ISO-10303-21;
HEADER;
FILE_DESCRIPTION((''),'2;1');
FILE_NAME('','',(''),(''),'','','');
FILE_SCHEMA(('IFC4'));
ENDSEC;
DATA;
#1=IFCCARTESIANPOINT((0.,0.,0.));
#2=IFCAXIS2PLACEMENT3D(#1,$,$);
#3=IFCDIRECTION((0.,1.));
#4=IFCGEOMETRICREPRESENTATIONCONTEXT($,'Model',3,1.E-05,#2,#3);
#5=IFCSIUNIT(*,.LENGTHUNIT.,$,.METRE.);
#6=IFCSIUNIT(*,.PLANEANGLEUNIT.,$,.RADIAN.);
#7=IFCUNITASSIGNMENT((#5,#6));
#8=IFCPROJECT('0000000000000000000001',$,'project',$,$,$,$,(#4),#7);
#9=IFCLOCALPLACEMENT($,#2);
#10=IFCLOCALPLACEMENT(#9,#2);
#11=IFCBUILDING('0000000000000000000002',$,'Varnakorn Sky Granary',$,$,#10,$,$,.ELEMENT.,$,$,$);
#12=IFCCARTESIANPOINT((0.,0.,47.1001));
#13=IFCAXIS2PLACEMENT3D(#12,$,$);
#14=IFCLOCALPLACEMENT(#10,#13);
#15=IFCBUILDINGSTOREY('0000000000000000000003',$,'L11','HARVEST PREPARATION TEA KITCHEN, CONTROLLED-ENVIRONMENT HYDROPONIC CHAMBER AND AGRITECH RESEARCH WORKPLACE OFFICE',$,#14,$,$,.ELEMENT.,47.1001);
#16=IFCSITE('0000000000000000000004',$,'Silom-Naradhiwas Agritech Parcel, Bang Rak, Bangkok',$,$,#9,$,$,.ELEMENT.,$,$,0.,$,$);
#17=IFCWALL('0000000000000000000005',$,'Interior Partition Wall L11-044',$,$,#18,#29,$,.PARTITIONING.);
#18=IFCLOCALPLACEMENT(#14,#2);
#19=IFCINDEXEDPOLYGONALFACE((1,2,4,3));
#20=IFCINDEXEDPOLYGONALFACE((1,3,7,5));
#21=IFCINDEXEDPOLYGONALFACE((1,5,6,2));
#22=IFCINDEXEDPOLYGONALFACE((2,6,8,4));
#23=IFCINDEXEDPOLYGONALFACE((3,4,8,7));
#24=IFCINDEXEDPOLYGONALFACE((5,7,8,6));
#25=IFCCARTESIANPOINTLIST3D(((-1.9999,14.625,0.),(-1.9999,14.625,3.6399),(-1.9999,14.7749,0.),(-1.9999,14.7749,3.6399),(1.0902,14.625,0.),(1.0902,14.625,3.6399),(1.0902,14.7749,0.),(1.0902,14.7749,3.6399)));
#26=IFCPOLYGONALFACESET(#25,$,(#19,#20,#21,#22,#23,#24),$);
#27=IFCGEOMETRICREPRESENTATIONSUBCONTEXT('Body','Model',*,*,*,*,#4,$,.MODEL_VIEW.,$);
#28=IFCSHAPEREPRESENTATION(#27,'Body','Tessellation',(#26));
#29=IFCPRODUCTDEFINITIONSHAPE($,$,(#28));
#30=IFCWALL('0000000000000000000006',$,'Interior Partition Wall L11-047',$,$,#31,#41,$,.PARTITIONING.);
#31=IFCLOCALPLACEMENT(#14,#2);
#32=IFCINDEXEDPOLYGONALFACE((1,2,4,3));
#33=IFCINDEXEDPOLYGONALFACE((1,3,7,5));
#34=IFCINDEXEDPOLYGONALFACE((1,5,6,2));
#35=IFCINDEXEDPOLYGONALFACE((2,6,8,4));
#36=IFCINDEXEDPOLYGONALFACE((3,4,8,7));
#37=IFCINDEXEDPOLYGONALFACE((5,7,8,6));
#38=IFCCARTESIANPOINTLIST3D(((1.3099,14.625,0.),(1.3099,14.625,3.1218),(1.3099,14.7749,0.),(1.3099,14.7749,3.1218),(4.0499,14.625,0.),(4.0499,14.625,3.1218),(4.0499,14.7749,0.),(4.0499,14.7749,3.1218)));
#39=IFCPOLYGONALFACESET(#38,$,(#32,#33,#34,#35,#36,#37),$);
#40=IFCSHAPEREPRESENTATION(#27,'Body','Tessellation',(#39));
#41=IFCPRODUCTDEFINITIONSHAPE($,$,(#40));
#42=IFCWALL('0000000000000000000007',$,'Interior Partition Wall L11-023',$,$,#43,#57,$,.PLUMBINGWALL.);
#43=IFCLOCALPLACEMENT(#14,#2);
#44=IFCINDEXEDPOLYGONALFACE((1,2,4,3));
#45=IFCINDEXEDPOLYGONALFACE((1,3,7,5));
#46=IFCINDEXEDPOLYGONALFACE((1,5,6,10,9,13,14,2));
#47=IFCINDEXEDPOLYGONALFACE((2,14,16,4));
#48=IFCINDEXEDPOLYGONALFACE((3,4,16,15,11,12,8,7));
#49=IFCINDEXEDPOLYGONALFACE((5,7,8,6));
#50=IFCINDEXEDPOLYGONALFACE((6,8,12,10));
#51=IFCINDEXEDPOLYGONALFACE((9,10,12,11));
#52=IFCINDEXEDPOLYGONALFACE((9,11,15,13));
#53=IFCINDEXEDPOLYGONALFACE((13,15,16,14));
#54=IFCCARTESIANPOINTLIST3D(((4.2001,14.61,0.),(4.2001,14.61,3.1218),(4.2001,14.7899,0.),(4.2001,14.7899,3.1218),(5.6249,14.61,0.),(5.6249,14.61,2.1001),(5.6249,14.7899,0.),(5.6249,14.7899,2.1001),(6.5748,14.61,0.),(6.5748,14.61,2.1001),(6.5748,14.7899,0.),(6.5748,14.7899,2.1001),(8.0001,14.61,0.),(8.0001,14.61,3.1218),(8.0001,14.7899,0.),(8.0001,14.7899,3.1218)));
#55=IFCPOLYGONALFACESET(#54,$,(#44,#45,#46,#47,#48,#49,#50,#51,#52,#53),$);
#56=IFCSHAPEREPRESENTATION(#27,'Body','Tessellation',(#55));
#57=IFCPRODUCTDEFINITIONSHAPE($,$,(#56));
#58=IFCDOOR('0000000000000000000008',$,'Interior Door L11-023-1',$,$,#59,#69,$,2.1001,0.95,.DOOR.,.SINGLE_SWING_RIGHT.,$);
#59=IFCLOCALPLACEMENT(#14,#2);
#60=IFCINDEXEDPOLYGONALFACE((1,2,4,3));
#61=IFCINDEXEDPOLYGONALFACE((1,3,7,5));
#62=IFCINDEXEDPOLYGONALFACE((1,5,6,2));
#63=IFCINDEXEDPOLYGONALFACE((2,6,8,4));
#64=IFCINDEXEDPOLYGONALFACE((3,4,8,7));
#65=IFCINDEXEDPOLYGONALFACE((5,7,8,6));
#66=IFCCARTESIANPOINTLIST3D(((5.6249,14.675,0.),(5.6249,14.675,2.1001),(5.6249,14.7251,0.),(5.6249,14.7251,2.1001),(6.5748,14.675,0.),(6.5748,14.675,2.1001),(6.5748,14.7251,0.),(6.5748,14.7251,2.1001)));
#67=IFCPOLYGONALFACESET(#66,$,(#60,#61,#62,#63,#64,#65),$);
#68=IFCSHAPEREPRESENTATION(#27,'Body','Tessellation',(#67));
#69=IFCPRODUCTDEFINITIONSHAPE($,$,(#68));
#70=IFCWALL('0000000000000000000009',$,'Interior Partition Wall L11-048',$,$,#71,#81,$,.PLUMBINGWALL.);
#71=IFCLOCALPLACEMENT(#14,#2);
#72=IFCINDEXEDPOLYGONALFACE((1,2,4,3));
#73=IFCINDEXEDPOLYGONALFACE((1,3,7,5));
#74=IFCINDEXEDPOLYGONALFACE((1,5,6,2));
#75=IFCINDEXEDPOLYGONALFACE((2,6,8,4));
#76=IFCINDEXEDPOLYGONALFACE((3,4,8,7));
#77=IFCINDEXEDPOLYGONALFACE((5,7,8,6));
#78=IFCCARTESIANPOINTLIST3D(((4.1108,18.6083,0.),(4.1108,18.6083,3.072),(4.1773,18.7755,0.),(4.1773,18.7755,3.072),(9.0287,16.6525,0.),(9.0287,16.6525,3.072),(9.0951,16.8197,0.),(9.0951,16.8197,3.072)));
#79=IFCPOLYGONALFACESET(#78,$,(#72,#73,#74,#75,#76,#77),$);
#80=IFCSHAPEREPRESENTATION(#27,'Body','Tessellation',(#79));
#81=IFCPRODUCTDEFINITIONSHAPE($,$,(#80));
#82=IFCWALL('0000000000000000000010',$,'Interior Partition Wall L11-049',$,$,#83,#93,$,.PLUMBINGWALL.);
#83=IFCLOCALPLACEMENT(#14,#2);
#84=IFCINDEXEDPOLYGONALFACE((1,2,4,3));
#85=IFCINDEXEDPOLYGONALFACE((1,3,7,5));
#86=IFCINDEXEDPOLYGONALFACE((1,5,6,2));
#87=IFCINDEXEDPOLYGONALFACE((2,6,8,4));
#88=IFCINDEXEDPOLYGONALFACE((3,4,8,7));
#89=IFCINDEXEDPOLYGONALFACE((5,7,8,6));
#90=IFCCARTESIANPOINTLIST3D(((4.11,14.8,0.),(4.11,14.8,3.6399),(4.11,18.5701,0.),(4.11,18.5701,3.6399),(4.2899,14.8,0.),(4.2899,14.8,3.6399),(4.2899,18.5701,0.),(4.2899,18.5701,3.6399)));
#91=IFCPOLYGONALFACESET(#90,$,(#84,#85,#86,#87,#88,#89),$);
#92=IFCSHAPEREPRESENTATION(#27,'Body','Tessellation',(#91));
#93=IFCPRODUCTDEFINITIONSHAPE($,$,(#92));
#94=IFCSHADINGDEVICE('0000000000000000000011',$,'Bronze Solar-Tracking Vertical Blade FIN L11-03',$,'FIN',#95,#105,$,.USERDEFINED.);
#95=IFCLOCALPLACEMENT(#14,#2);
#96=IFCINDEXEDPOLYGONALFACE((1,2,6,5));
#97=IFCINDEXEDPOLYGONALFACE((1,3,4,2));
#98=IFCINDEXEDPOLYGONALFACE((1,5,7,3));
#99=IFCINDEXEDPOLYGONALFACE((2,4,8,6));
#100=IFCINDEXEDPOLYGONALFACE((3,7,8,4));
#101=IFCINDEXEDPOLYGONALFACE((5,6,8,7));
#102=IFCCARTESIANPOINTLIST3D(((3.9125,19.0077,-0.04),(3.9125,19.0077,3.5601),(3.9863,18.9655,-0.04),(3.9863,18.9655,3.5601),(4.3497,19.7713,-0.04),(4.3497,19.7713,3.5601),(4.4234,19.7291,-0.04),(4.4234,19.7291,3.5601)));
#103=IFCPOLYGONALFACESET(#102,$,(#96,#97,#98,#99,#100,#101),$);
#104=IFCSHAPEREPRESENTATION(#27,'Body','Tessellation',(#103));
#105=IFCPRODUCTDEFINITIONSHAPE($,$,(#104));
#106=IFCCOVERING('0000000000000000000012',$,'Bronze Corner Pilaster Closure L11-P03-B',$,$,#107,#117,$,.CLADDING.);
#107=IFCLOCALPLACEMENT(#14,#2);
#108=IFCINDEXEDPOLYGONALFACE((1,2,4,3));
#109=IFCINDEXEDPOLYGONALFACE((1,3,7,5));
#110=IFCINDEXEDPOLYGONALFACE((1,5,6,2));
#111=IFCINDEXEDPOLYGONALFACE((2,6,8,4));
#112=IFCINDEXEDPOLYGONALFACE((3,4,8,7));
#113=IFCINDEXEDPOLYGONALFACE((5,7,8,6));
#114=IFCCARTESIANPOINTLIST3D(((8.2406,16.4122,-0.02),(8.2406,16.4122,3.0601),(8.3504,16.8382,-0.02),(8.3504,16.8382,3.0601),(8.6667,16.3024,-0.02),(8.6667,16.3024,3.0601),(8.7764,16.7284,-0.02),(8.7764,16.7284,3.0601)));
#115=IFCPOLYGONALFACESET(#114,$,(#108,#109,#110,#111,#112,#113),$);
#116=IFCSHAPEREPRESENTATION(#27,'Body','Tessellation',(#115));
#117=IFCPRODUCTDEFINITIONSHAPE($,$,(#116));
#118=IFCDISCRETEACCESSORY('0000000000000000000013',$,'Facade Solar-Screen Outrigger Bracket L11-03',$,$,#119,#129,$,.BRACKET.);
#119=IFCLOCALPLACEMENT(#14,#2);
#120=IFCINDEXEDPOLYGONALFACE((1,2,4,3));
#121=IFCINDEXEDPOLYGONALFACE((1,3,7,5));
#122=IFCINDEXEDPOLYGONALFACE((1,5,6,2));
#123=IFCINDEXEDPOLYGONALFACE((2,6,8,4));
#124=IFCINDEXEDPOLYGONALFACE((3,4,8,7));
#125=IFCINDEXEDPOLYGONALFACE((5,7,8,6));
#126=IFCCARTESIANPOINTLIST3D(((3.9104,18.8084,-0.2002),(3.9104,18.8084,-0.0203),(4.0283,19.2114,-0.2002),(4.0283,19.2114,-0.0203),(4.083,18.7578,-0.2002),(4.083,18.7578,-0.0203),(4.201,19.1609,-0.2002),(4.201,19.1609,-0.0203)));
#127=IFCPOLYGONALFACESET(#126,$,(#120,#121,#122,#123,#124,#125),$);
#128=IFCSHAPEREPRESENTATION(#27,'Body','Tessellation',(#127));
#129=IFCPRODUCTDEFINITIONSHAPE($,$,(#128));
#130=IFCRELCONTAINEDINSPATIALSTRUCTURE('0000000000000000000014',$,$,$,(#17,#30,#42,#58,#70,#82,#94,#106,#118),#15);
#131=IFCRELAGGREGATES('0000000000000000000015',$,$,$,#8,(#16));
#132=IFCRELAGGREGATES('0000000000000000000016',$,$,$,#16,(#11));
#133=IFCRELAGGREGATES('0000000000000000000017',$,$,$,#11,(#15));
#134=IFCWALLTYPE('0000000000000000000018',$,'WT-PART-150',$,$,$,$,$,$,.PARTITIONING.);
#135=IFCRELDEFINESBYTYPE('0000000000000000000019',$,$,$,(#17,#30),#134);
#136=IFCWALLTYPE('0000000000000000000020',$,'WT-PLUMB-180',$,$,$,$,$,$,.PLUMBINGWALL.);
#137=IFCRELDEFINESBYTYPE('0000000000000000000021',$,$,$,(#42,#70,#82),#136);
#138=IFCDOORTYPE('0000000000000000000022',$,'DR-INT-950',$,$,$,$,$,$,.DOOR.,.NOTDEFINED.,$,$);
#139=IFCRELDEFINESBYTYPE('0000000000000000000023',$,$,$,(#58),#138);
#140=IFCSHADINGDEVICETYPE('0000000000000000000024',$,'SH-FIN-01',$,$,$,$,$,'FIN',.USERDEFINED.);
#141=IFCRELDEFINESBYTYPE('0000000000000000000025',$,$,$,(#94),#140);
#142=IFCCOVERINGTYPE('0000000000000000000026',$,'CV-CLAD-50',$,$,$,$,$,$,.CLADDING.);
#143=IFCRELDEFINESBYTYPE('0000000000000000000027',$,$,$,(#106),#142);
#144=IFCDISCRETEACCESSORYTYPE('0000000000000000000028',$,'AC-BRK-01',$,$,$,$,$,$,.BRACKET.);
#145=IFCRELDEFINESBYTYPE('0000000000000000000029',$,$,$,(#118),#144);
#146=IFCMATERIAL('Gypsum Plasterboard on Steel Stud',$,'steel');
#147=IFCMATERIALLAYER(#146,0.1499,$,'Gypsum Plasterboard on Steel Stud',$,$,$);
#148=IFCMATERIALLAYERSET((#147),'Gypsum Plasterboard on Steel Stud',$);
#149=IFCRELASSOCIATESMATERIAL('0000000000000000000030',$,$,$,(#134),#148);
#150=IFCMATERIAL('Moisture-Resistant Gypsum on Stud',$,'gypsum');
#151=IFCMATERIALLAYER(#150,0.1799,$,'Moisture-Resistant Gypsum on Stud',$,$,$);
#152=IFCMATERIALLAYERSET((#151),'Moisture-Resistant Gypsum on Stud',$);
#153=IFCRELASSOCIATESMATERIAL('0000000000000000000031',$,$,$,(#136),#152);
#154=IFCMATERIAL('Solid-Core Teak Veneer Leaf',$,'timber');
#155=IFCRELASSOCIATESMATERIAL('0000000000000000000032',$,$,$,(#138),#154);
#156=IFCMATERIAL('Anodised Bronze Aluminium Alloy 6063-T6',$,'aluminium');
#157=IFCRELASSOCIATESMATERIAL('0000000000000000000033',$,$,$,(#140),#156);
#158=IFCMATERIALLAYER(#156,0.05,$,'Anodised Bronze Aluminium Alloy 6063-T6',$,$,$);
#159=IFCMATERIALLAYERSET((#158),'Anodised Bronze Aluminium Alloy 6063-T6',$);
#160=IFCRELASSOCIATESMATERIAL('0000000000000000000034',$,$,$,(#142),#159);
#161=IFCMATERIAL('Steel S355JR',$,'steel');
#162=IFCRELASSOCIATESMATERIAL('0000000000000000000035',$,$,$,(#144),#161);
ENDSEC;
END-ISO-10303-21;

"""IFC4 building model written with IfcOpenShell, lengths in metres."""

from ifc_helpers import new_model, si_unit, direction, frame, frame_2d, origin, origin_2d, place, context, subcontext, project, spatial, rectangle, extrude, source, transform, mapped, material, layer, layer_set, type_object, type_shapes, element, fill, save


model = new_model("IFC4")

# Units and contexts
model_context = context("Model", 3, precision=1e-05, world=origin(), true_north=direction((0.0, 1.0)))
body_context = subcontext(model_context, "Body", "Model", "MODEL_VIEW")
ifc_project = project(units=[si_unit("LENGTHUNIT", "METRE"), si_unit("PLANEANGLEUNIT", "RADIAN")], contexts=[model_context])

# Site, building, storey
site_placement = place(None, origin())
site = spatial("IfcSite", under=ifc_project, at=site_placement, Name="Silom-Naradhiwas Agritech Parcel, Bang Rak, Bangkok", CompositionType="ELEMENT", RefElevation=0.0)
building_placement = place(site_placement, origin())
building = spatial("IfcBuilding", under=site, at=building_placement, Name="Varnakorn Sky Granary", CompositionType="ELEMENT")
storey_placement = place(building_placement, frame((0.0, 0.0, 47.1001)))
storey = spatial("IfcBuildingStorey", under=building, at=storey_placement, Name="L11", Description="HARVEST PREPARATION TEA KITCHEN, CONTROLLED-ENVIRONMENT HYDROPONIC CHAMBER AND AGRITECH RESEARCH WORKPLACE OFFICE", CompositionType="ELEMENT", Elevation=47.1001)

# Shared definitions
ifc_material_1 = material(Name="Steel S355JR", Category="steel")

# Shared definitions
ifc_material_2 = material(Name="Anodised Bronze Aluminium Alloy 6063-T6", Category="aluminium")

# Walls
ifc_material_3 = material(Name="Gypsum Plasterboard on Steel Stud", Category="steel")
ifc_layer_1 = layer(ifc_material_3, 0.1499, Name="Gypsum Plasterboard on Steel Stud")
ifc_layer_set_1 = layer_set([ifc_layer_1], Name="Gypsum Plasterboard on Steel Stud")
wall_type_1 = type_object("IfcWallType", Name="WT-PART-150", PredefinedType="PARTITIONING", material=ifc_layer_set_1)
wall_1_placement = place(storey_placement, frame((1.0901, 14.7, 0.0), z_axis=(0.0, 0.0, 1.0), x_axis=(-1.0, 0.0, 0.0)))
element("IfcWall", 1, at=wall_1_placement, inside=storey, type_object=wall_type_1, Name="Interior Partition Wall L11-044", PredefinedType="PARTITIONING", context=body_context, shape_type="SweptSolid", body=[
    extrude(rectangle(XDim=3.0901, YDim=0.1499, at=frame_2d((1.5449, 0.0))), origin(), (0.0, 0.0, 1.0), 3.6399),
])
wall_2_placement = place(storey_placement, frame((4.05, 14.7, 0.0), z_axis=(0.0, 0.0, 1.0), x_axis=(-1.0, 0.0, 0.0)))
element("IfcWall", 2, at=wall_2_placement, inside=storey, type_object=wall_type_1, Name="Interior Partition Wall L11-047", PredefinedType="PARTITIONING", context=body_context, shape_type="SweptSolid", body=[
    extrude(rectangle(XDim=2.74, YDim=0.1499, at=frame_2d((1.3701, 0.0))), origin(), (0.0, 0.0, 1.0), 3.1218),
])

# Wall, opening, door
ifc_material_4 = material(Name="Moisture-Resistant Gypsum on Stud", Category="gypsum")
ifc_layer_2 = layer(ifc_material_4, 0.1799, Name="Moisture-Resistant Gypsum on Stud")
ifc_layer_set_2 = layer_set([ifc_layer_2], Name="Moisture-Resistant Gypsum on Stud")
wall_type_2 = type_object("IfcWallType", Name="WT-PLUMB-180", PredefinedType="PLUMBINGWALL", material=ifc_layer_set_2)
wall_3_placement = place(storey_placement, frame((8.0, 14.7, 0.0), z_axis=(0.0, 0.0, 1.0), x_axis=(-1.0, 0.0, 0.0)))
wall_3 = element("IfcWall", 3, at=wall_3_placement, inside=storey, type_object=wall_type_2, Name="Interior Partition Wall L11-023", PredefinedType="PLUMBINGWALL", context=body_context, shape_type="SweptSolid", body=[
    extrude(rectangle(XDim=3.8, YDim=0.1799, at=frame_2d((1.8999, 0.0))), origin(), (0.0, 0.0, 1.0), 3.1218),
])
opening_1_placement = place(wall_3_placement, frame((1.425, 0.0, 0.0)))
opening_1 = element("IfcOpeningElement", 4, at=opening_1_placement, cuts=wall_3, PredefinedType="OPENING", context=body_context, shape_type="SweptSolid", body=[
    extrude(rectangle(XDim=0.95, YDim=2.1001, at=frame_2d((0.4751, 1.05))), frame((0.0, 0.1001, 0.0), z_axis=(0.0, -1.0, 0.0), x_axis=(1.0, 0.0, 0.0)), (0.0, 0.0, 1.0), 0.2),
])
ifc_material_5 = material(Name="Solid-Core Teak Veneer Leaf", Category="timber")
door_type_1 = type_object("IfcDoorType", Name="DR-INT-950", OperationType="NOTDEFINED", PredefinedType="DOOR", material=ifc_material_5)
door_1_placement = place(opening_1_placement, origin())
door_1 = element("IfcDoor", 5, at=door_1_placement, inside=storey, type_object=door_type_1, Name="Interior Door L11-023-1", OperationType="SINGLE_SWING_RIGHT", OverallHeight=2.1001, OverallWidth=0.95, PredefinedType="DOOR", context=body_context, shape_type="SweptSolid", body=[
    extrude(rectangle(XDim=0.95, YDim=2.1001, at=frame_2d((0.4751, 1.05))), frame((0.0, 0.0249, 0.0), z_axis=(0.0, -1.0, 0.0), x_axis=(1.0, 0.0, 0.0)), (0.0, 0.0, 1.0), 0.05),
])
fill(opening_1, door_1)

# Walls
wall_4_placement = place(storey_placement, frame((4.144, 18.6919, 0.0), z_axis=(0.0, 0.0, 1.0), x_axis=(0.929216, -0.369537, 0.0)))
element("IfcWall", 6, at=wall_4_placement, inside=storey, type_object=wall_type_2, Name="Interior Partition Wall L11-048", PredefinedType="PLUMBINGWALL", context=body_context, shape_type="SweptSolid", body=[
    extrude(rectangle(XDim=5.2925, YDim=0.1799, at=frame_2d((2.6462, 0.0))), origin(), (0.0, 0.0, 1.0), 3.072),
])
wall_5_placement = place(storey_placement, frame((4.2, 18.5701, 0.0), z_axis=(0.0, 0.0, 1.0), x_axis=(0.0, -1.0, 0.0)))
element("IfcWall", 7, at=wall_5_placement, inside=storey, type_object=wall_type_2, Name="Interior Partition Wall L11-049", PredefinedType="PLUMBINGWALL", context=body_context, shape_type="SweptSolid", body=[
    extrude(rectangle(XDim=3.77, YDim=0.1799, at=frame_2d((1.885, 0.0))), origin(), (0.0, 0.0, 1.0), 3.6399),
])

# Shading device
shading_device_type = type_object("IfcShadingDeviceType", Name="SH-FIN-01", ElementType="FIN", PredefinedType="USERDEFINED", material=ifc_material_2)
shared_shape_1 = source(origin(), body_context, "Body", "SweptSolid", [
    extrude(rectangle(XDim=0.085, YDim=0.8799, at=origin_2d()), origin(), (0.0, 0.0, 1.0), 3.6001),
])
type_shapes(shading_device_type, [shared_shape_1])
shading_device_placement = place(storey_placement, frame((4.168, 19.3684, -0.04), z_axis=(0.0, 0.0, 1.0), x_axis=(-0.867876, 0.496781, 0.0)))
element("IfcShadingDevice", 8, at=shading_device_placement, inside=storey, type_object=shading_device_type, Name="Bronze Solar-Tracking Vertical Blade FIN L11-03", ObjectType="FIN", PredefinedType="USERDEFINED", context=body_context, shape_type="MappedRepresentation", body=[
    mapped(shared_shape_1, transform((0.0, 0.0, 0.0), x_axis=(1.0, 0.0, 0.0), y_axis=(0.0, 1.0, 0.0), z_axis=(0.0, 0.0, 1.0), scale=1.0)),
])

# Covering
ifc_layer_3 = layer(ifc_material_2, 0.05, Name="Anodised Bronze Aluminium Alloy 6063-T6")
ifc_layer_set_3 = layer_set([ifc_layer_3], Name="Anodised Bronze Aluminium Alloy 6063-T6")
covering_type = type_object("IfcCoveringType", Name="CV-CLAD-50", PredefinedType="CLADDING", material=ifc_layer_set_3)
shared_shape_2 = source(origin(), body_context, "Body", "SweptSolid", [
    extrude(rectangle(XDim=0.4399, YDim=0.4399, at=origin_2d()), origin(), (0.0, 0.0, 1.0), 3.0801),
])
type_shapes(covering_type, [shared_shape_2])
covering_placement = place(storey_placement, frame((8.5085, 16.5703, -0.02), z_axis=(0.0, 0.0, 1.0), x_axis=(0.968366, -0.249535, 0.0)))
element("IfcCovering", 9, at=covering_placement, inside=storey, type_object=covering_type, Name="Bronze Corner Pilaster Closure L11-P03-B", PredefinedType="CLADDING", context=body_context, shape_type="MappedRepresentation", body=[
    mapped(shared_shape_2, transform((0.0, 0.0, 0.0), x_axis=(1.0, 0.0, 0.0), y_axis=(0.0, 1.0, 0.0), z_axis=(0.0, 0.0, 1.0), scale=1.0)),
])

# Discrete accessory
discrete_accessory_type = type_object("IfcDiscreteAccessoryType", Name="AC-BRK-01", PredefinedType="BRACKET", material=ifc_material_1)
shared_shape_3 = source(origin(), body_context, "Body", "SweptSolid", [
    extrude(rectangle(XDim=0.1799, YDim=0.4199, at=origin_2d()), origin(), (0.0, 0.0, 1.0), 0.1799),
])
type_shapes(discrete_accessory_type, [shared_shape_3])
discrete_accessory_placement = place(storey_placement, frame((4.0557, 18.9846, -0.2002), z_axis=(0.0, 0.0, 1.0), x_axis=(-0.959749, 0.280859, 0.0)))
element("IfcDiscreteAccessory", 10, at=discrete_accessory_placement, inside=storey, type_object=discrete_accessory_type, Name="Facade Solar-Screen Outrigger Bracket L11-03", PredefinedType="BRACKET", context=body_context, shape_type="MappedRepresentation", body=[
    mapped(shared_shape_3, transform((0.0, 0.0, 0.0), x_axis=(1.0, 0.0, 0.0), y_axis=(0.0, 1.0, 0.0), z_axis=(0.0, 0.0, 1.0), scale=1.0)),
])

save(model, "model.ifc")
